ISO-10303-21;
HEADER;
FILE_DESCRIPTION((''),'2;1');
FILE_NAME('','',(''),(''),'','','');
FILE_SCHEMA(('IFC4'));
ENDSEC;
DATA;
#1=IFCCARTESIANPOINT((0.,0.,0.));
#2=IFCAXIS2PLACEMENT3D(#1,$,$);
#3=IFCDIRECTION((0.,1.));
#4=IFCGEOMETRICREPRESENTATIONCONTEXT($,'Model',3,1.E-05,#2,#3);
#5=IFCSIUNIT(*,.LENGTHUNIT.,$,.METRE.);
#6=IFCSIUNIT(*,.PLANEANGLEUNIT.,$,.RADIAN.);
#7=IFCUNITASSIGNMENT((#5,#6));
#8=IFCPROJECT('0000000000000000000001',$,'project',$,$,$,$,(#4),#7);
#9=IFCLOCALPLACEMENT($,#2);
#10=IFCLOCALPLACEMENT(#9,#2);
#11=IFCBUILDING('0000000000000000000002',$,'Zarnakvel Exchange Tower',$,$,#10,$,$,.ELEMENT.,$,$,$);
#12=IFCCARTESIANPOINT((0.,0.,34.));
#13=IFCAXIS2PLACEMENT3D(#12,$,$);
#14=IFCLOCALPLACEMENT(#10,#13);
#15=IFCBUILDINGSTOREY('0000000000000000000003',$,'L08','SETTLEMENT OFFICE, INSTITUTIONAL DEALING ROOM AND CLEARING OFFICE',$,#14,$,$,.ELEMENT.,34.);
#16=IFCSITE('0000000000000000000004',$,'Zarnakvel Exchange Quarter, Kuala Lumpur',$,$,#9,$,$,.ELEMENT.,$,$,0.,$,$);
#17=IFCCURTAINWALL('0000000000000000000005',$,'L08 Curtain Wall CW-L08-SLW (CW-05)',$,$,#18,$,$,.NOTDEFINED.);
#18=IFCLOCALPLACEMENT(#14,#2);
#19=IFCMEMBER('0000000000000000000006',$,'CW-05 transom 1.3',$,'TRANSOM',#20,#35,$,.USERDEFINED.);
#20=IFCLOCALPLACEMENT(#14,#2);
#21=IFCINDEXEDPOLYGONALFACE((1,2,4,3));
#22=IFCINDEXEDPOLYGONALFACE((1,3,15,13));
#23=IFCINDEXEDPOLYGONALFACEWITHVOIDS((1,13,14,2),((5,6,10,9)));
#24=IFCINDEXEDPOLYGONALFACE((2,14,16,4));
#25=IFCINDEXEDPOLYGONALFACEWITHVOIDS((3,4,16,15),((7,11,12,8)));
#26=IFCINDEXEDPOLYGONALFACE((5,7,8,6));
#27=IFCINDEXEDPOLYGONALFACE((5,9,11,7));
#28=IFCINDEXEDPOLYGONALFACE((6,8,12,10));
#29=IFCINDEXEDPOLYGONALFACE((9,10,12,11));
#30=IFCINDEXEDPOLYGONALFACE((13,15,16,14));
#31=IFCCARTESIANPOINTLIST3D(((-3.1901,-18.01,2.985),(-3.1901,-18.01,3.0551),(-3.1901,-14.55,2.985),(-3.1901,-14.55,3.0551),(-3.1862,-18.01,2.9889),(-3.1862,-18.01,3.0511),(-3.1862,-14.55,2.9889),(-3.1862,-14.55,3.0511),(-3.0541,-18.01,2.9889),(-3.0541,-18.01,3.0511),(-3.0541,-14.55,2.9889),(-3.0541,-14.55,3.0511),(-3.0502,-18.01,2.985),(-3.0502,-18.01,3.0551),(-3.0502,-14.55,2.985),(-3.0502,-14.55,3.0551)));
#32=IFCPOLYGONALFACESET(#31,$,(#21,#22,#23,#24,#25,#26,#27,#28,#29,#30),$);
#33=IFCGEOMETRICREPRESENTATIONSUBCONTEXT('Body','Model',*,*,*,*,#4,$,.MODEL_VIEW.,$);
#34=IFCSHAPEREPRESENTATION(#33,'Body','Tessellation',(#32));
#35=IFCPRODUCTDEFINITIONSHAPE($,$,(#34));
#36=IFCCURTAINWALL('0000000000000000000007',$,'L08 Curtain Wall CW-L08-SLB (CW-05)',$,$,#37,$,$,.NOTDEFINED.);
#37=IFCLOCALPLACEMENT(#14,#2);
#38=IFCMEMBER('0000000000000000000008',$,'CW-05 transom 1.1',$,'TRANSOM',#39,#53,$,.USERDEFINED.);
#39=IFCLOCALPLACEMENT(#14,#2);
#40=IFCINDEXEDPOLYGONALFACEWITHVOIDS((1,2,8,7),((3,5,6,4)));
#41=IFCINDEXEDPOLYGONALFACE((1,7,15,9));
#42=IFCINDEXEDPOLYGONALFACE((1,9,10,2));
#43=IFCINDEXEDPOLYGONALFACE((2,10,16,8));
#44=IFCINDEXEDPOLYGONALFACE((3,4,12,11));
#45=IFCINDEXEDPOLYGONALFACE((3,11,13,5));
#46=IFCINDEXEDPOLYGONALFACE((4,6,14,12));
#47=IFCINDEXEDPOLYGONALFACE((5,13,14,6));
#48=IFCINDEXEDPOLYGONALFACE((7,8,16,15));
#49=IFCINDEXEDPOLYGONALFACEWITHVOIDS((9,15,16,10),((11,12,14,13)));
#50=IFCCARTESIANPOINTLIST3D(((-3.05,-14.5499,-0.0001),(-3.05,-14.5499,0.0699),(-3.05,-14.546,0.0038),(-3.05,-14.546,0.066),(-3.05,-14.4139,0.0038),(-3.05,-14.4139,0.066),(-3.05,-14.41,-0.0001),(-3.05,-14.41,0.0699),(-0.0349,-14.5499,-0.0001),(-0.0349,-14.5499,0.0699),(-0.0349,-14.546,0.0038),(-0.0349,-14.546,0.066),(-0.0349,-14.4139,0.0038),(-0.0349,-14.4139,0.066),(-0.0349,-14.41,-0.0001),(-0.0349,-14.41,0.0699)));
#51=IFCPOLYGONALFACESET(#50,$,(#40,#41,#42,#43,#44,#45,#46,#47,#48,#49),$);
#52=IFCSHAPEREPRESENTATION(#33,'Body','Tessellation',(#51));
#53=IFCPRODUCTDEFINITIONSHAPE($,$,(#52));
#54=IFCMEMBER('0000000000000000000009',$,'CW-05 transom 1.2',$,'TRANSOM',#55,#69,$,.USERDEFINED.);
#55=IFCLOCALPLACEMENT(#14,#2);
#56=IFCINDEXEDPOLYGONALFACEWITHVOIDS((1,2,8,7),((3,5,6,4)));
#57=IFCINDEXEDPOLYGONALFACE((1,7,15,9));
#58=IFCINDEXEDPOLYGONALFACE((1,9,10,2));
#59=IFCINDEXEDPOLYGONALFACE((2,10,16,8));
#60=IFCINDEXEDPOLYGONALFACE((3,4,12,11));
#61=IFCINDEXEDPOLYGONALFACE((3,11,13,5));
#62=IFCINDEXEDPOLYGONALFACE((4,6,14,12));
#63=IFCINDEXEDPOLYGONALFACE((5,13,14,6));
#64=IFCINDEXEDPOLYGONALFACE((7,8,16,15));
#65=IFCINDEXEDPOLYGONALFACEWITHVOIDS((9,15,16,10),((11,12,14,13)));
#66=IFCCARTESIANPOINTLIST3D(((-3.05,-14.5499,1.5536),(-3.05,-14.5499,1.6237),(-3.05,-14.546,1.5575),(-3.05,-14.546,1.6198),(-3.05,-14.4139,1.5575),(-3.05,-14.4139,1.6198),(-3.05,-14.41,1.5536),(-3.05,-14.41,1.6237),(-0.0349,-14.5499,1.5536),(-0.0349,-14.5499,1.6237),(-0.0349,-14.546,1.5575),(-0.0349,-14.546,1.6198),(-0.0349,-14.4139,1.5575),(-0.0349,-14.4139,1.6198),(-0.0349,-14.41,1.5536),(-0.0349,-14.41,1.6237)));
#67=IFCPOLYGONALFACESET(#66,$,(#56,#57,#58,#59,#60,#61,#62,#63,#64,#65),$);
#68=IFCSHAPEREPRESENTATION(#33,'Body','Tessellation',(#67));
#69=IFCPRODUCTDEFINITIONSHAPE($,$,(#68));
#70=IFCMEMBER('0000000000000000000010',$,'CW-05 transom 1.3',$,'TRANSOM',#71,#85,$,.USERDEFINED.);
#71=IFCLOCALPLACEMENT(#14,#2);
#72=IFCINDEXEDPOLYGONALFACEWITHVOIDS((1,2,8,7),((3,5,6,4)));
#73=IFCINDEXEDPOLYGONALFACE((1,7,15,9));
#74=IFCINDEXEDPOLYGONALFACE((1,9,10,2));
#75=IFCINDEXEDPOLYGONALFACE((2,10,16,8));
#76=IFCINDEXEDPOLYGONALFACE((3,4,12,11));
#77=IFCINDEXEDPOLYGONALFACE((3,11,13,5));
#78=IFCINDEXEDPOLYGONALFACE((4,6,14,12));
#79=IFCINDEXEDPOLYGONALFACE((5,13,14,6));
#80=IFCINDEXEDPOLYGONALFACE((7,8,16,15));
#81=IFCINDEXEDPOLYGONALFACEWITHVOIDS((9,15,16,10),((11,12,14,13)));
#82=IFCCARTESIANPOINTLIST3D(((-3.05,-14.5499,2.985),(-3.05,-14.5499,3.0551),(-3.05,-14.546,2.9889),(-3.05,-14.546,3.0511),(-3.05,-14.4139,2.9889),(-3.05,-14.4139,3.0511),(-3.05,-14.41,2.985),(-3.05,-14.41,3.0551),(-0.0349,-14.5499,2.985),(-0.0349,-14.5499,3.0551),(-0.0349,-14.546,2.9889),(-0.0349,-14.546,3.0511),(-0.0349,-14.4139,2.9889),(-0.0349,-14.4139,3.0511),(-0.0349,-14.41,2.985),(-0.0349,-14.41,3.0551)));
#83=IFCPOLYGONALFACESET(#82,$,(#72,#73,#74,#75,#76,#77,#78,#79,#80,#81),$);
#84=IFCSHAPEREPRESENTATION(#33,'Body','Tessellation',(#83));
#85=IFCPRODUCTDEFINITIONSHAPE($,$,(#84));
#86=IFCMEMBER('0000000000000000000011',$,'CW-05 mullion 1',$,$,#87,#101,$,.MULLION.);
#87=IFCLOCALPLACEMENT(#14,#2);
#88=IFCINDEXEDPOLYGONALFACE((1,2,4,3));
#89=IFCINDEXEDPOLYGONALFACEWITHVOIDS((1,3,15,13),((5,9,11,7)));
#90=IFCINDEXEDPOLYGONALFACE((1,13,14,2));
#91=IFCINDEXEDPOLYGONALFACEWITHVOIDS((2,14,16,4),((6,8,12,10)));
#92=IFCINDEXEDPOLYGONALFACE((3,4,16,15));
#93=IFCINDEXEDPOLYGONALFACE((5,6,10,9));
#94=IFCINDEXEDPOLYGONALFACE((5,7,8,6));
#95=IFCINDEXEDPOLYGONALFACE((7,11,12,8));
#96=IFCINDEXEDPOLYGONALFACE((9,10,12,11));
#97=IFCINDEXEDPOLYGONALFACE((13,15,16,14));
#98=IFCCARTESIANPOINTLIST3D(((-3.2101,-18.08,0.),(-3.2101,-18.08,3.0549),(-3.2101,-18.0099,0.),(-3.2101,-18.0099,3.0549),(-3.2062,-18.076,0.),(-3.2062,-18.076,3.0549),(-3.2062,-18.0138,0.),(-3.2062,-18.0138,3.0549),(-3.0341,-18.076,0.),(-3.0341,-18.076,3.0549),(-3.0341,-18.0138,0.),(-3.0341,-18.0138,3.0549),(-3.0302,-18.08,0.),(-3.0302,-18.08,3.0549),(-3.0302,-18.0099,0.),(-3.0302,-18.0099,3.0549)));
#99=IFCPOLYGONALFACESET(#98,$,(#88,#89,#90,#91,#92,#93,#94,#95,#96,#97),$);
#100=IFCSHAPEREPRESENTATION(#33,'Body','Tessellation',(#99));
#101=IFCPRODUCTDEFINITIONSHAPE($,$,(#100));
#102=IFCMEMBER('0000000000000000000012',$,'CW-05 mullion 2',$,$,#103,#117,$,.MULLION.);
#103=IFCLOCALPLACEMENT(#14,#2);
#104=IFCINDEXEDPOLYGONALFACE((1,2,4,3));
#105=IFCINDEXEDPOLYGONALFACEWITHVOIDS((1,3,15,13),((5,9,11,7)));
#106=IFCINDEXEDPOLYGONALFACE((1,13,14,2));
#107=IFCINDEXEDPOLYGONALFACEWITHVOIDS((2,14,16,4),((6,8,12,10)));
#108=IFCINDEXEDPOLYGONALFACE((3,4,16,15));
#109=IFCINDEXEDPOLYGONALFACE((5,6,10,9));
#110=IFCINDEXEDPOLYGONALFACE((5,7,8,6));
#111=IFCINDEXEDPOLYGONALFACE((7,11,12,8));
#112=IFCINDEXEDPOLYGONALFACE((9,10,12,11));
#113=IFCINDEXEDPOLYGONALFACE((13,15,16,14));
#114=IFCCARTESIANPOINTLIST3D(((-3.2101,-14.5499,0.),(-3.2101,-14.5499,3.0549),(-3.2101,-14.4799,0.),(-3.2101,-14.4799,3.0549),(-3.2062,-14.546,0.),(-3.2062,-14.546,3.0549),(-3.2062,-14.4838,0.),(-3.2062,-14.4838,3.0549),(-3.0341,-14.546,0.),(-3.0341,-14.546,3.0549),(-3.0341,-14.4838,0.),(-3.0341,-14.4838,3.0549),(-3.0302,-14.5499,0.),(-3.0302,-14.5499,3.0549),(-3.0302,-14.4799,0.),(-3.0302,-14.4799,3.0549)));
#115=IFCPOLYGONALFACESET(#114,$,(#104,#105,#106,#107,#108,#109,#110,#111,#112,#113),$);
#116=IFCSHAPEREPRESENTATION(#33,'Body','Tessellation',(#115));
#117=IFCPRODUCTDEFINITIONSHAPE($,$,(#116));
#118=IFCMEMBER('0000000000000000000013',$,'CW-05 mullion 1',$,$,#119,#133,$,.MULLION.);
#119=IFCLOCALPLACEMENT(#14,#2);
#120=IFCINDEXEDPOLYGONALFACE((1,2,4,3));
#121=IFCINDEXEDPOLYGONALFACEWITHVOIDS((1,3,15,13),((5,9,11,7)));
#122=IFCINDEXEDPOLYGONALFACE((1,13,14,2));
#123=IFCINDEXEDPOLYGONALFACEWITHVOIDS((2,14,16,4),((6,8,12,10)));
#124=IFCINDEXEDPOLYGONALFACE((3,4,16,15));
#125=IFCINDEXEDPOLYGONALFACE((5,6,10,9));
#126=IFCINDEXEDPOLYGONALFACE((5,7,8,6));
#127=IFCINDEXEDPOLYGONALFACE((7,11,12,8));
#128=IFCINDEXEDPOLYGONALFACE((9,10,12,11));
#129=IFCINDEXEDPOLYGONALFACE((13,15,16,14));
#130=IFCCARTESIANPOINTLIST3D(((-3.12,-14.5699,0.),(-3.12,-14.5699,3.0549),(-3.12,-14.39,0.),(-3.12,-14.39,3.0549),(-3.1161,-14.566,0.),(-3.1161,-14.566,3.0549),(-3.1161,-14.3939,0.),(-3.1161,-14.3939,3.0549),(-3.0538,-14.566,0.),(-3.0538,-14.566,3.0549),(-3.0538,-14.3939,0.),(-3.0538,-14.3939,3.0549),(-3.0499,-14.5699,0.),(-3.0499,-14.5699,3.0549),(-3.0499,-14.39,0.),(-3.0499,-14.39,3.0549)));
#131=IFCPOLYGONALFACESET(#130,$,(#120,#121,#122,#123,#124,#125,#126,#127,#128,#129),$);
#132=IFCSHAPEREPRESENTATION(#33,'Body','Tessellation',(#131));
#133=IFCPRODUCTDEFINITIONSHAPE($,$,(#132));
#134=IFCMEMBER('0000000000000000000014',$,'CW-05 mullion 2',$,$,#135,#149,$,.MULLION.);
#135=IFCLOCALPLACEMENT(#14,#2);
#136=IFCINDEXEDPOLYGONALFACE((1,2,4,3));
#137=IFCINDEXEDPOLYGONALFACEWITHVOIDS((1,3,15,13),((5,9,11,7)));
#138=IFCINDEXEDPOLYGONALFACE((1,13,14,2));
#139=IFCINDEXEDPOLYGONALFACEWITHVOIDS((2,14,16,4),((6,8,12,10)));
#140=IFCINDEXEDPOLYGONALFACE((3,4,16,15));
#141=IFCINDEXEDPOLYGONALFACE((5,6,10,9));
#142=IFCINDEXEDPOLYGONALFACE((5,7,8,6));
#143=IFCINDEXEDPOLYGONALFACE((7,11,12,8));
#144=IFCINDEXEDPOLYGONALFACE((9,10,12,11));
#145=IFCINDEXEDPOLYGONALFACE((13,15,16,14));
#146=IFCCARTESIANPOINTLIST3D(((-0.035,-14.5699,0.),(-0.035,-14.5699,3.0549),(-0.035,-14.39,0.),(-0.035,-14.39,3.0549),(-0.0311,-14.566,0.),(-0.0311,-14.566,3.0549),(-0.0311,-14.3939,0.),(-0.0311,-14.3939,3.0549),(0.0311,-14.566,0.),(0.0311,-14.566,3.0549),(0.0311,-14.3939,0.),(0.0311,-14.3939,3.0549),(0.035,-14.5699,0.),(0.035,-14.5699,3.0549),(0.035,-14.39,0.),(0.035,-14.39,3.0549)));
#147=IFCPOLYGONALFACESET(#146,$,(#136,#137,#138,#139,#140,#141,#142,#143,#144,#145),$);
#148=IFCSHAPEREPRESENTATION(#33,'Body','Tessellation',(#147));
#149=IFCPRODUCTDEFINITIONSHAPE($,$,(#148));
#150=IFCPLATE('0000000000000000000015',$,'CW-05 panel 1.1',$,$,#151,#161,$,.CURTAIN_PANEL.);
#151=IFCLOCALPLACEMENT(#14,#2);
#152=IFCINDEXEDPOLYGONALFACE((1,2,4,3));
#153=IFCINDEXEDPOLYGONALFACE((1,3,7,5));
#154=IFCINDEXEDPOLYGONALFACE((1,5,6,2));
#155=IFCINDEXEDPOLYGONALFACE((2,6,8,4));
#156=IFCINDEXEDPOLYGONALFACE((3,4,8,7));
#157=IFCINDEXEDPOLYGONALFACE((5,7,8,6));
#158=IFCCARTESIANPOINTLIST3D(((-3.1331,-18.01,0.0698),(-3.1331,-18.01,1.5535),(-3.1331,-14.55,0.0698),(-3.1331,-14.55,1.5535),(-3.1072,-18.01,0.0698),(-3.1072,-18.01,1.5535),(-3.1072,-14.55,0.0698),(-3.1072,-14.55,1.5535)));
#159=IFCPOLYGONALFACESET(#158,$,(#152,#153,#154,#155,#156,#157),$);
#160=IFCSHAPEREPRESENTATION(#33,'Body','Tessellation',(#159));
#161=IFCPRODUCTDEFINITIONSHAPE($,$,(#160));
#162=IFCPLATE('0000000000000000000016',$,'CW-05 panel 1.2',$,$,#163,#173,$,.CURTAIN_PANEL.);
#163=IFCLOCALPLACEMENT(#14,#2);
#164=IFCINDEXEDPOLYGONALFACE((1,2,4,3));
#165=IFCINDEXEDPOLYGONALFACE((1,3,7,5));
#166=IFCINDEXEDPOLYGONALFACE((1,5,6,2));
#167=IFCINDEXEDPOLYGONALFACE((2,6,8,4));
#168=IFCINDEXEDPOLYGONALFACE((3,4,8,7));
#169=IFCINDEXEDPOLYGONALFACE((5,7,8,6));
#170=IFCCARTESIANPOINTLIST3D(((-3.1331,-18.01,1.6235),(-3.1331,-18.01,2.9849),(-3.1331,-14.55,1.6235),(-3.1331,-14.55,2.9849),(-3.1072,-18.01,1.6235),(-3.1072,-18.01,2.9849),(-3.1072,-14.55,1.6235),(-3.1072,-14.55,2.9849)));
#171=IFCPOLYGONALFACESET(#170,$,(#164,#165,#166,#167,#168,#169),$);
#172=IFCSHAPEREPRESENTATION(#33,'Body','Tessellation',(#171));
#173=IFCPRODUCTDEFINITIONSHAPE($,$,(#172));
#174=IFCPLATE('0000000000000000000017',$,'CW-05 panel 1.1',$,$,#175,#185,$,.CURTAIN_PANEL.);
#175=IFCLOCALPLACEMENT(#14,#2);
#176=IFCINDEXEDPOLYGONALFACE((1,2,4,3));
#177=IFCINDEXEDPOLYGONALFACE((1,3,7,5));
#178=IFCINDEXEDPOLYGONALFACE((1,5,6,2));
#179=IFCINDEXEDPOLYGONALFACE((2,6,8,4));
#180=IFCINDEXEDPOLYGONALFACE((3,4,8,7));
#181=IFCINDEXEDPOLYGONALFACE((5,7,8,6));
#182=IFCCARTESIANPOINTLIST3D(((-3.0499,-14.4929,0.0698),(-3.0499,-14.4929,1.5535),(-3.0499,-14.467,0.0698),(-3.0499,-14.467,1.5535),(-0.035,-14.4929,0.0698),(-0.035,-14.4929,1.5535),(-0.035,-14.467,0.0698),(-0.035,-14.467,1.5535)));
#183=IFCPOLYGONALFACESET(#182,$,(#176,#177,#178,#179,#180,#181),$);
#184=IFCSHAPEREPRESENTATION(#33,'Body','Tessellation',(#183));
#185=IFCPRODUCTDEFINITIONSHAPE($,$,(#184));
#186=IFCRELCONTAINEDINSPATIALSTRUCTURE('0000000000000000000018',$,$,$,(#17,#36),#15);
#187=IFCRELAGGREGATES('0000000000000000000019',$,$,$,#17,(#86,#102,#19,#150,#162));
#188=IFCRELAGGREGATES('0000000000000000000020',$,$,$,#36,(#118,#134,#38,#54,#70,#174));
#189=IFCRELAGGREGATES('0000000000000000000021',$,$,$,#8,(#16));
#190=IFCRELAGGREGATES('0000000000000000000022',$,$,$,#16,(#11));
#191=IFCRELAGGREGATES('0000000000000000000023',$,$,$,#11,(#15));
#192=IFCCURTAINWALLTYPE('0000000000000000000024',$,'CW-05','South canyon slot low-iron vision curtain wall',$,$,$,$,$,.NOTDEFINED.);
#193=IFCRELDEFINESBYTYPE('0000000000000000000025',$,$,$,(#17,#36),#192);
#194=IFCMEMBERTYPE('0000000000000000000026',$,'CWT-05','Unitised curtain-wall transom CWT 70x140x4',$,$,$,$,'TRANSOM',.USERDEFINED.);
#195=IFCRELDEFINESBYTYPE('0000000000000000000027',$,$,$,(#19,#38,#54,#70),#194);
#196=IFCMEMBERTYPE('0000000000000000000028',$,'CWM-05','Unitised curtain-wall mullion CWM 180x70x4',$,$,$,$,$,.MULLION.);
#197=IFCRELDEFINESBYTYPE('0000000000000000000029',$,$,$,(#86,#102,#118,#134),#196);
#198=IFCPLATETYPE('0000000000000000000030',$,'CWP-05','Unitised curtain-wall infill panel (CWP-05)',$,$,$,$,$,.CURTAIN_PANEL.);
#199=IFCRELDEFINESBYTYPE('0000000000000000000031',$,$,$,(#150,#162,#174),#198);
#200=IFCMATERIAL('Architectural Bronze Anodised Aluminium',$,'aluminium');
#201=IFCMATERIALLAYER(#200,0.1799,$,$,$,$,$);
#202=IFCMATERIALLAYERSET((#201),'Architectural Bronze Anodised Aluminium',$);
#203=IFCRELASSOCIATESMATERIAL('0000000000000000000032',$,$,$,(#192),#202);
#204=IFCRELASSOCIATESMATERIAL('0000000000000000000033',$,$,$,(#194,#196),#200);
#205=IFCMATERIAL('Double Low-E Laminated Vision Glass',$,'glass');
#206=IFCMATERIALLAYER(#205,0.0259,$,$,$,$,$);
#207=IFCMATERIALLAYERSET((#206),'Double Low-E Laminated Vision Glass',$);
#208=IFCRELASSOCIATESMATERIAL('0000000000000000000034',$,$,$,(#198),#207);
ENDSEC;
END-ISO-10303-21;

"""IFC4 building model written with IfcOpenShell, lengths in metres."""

from ifc_helpers import new_model, si_unit, direction, frame, origin, origin_2d, place, context, subcontext, project, spatial, rectangle, hollow_rectangle, extrude, source, transform, mapped, material, layer, layer_set, material_profile, profile_set, type_object, element, aggregate, save


model = new_model("IFC4")

# Units and contexts
model_context = context("Model", 3, precision=1e-05, world=origin(), true_north=direction((0.0, 1.0)))
body_context = subcontext(model_context, "Body", "Model", "MODEL_VIEW")
ifc_project = project(units=[si_unit("LENGTHUNIT", "METRE"), si_unit("PLANEANGLEUNIT", "RADIAN")], contexts=[model_context])

# Site, building, storey
site_placement = place(None, origin())
site = spatial("IfcSite", under=ifc_project, at=site_placement, Name="Zarnakvel Exchange Quarter, Kuala Lumpur", CompositionType="ELEMENT", RefElevation=0.0)
building_placement = place(site_placement, origin())
building = spatial("IfcBuilding", under=site, at=building_placement, Name="Zarnakvel Exchange Tower", CompositionType="ELEMENT")
storey_placement = place(building_placement, frame((0.0, 0.0, 34.0)))
storey = spatial("IfcBuildingStorey", under=building, at=storey_placement, Name="L08", Description="SETTLEMENT OFFICE, INSTITUTIONAL DEALING ROOM AND CLEARING OFFICE", CompositionType="ELEMENT", Elevation=34.0)

# Curtain walls, members
ifc_material_1 = material(Name="Architectural Bronze Anodised Aluminium", Category="aluminium")
ifc_layer_1 = layer(ifc_material_1, 0.1799)
ifc_layer_set_1 = layer_set([ifc_layer_1], Name="Architectural Bronze Anodised Aluminium")
curtain_wall_type = type_object("IfcCurtainWallType", Name="CW-05", Description="South canyon slot low-iron vision curtain wall", PredefinedType="NOTDEFINED", material=ifc_layer_set_1)
curtain_wall_1_placement = place(storey_placement, origin())
curtain_wall_1 = element("IfcCurtainWall", 1, at=curtain_wall_1_placement, inside=storey, type_object=curtain_wall_type, Name="L08 Curtain Wall CW-L08-SLW (CW-05)", PredefinedType="NOTDEFINED")
ifc_material_profile_1 = material_profile(ifc_material_1, hollow_rectangle(XDim=0.1399, YDim=0.0701, WallThickness=0.0039, at=origin_2d()))
ifc_profile_set_1 = profile_set([ifc_material_profile_1], Name="Architectural Bronze Anodised Aluminium")
member_type_1 = type_object("IfcMemberType", Name="CWT-05", Description="Unitised curtain-wall transom CWT 70x140x4", ElementType="TRANSOM", PredefinedType="USERDEFINED", material=ifc_profile_set_1)
shared_shape_1 = source(origin(), body_context, "Body", "SweptSolid", [
    extrude(hollow_rectangle(XDim=0.1399, YDim=0.0701, WallThickness=0.0039, at=origin_2d()), origin(), (0.0, 0.0, 1.0), 3.46),
])
member_1_placement = place(storey_placement, frame((-3.1201, -18.01, 3.02), z_axis=(0.0, 1.0, 0.0), x_axis=(-1.0, 0.0, 0.0)))
member_1 = element("IfcMember", 2, at=member_1_placement, type_object=member_type_1, Name="CW-05 transom 1.3", ObjectType="TRANSOM", PredefinedType="USERDEFINED", context=body_context, shape_type="MappedRepresentation", body=[
    mapped(shared_shape_1, transform((0.0, 0.0, 0.0), x_axis=(1.0, 0.0, 0.0), y_axis=(0.0, 1.0, 0.0), z_axis=(0.0, 0.0, 1.0), scale=1.0)),
])
curtain_wall_2_placement = place(storey_placement, origin())
curtain_wall_2 = element("IfcCurtainWall", 3, at=curtain_wall_2_placement, inside=storey, type_object=curtain_wall_type, Name="L08 Curtain Wall CW-L08-SLB (CW-05)", PredefinedType="NOTDEFINED")
shared_shape_2 = source(origin(), body_context, "Body", "SweptSolid", [
    extrude(hollow_rectangle(XDim=0.1399, YDim=0.0701, WallThickness=0.0039, at=origin_2d()), origin(), (0.0, 0.0, 1.0), 3.0151),
])
member_2_placement = place(storey_placement, frame((-3.05, -14.48, 0.0349), z_axis=(1.0, 0.0, 0.0), x_axis=(0.0, 1.0, 0.0)))
member_2 = element("IfcMember", 4, at=member_2_placement, type_object=member_type_1, Name="CW-05 transom 1.1", ObjectType="TRANSOM", PredefinedType="USERDEFINED", context=body_context, shape_type="MappedRepresentation", body=[
    mapped(shared_shape_2, transform((0.0, 0.0, 0.0), x_axis=(1.0, 0.0, 0.0), y_axis=(0.0, 1.0, 0.0), z_axis=(0.0, 0.0, 1.0), scale=1.0)),
])
member_3_placement = place(storey_placement, frame((-3.05, -14.48, 1.5886), z_axis=(1.0, 0.0, 0.0), x_axis=(0.0, 1.0, 0.0)))
member_3 = element("IfcMember", 5, at=member_3_placement, type_object=member_type_1, Name="CW-05 transom 1.2", ObjectType="TRANSOM", PredefinedType="USERDEFINED", context=body_context, shape_type="MappedRepresentation", body=[
    mapped(shared_shape_2, transform((0.0, 0.0, 0.0), x_axis=(1.0, 0.0, 0.0), y_axis=(0.0, 1.0, 0.0), z_axis=(0.0, 0.0, 1.0), scale=1.0)),
])
member_4_placement = place(storey_placement, frame((-3.05, -14.48, 3.02), z_axis=(1.0, 0.0, 0.0), x_axis=(0.0, 1.0, 0.0)))
member_4 = element("IfcMember", 6, at=member_4_placement, type_object=member_type_1, Name="CW-05 transom 1.3", ObjectType="TRANSOM", PredefinedType="USERDEFINED", context=body_context, shape_type="MappedRepresentation", body=[
    mapped(shared_shape_2, transform((0.0, 0.0, 0.0), x_axis=(1.0, 0.0, 0.0), y_axis=(0.0, 1.0, 0.0), z_axis=(0.0, 0.0, 1.0), scale=1.0)),
])

# Members
ifc_material_profile_2 = material_profile(ifc_material_1, hollow_rectangle(XDim=0.1799, YDim=0.0701, WallThickness=0.0039, at=origin_2d()))
ifc_profile_set_2 = profile_set([ifc_material_profile_2], Name="Architectural Bronze Anodised Aluminium")
member_type_2 = type_object("IfcMemberType", Name="CWM-05", Description="Unitised curtain-wall mullion CWM 180x70x4", PredefinedType="MULLION", material=ifc_profile_set_2)
shared_shape_3 = source(origin(), body_context, "Body", "SweptSolid", [
    extrude(hollow_rectangle(XDim=0.1799, YDim=0.0701, WallThickness=0.0039, at=origin_2d()), origin(), (0.0, 0.0, 1.0), 3.0549),
])
member_5_placement = place(storey_placement, frame((-3.1201, -18.0449, 0.0), z_axis=(0.0, 0.0, 1.0), x_axis=(-1.0, 0.0, 0.0)))
member_5 = element("IfcMember", 7, at=member_5_placement, type_object=member_type_2, Name="CW-05 mullion 1", PredefinedType="MULLION", context=body_context, shape_type="MappedRepresentation", body=[
    mapped(shared_shape_3, transform((0.0, 0.0, 0.0), x_axis=(1.0, 0.0, 0.0), y_axis=(0.0, 1.0, 0.0), z_axis=(0.0, 0.0, 1.0), scale=1.0)),
])
member_6_placement = place(storey_placement, frame((-3.1201, -14.5149, 0.0), z_axis=(0.0, 0.0, 1.0), x_axis=(-1.0, 0.0, 0.0)))
member_6 = element("IfcMember", 8, at=member_6_placement, type_object=member_type_2, Name="CW-05 mullion 2", PredefinedType="MULLION", context=body_context, shape_type="MappedRepresentation", body=[
    mapped(shared_shape_3, transform((0.0, 0.0, 0.0), x_axis=(1.0, 0.0, 0.0), y_axis=(0.0, 1.0, 0.0), z_axis=(0.0, 0.0, 1.0), scale=1.0)),
])
member_7_placement = place(storey_placement, frame((-3.085, -14.48, 0.0), z_axis=(0.0, 0.0, 1.0), x_axis=(0.0, 1.0, 0.0)))
member_7 = element("IfcMember", 9, at=member_7_placement, type_object=member_type_2, Name="CW-05 mullion 1", PredefinedType="MULLION", context=body_context, shape_type="MappedRepresentation", body=[
    mapped(shared_shape_3, transform((0.0, 0.0, 0.0), x_axis=(1.0, 0.0, 0.0), y_axis=(0.0, 1.0, 0.0), z_axis=(0.0, 0.0, 1.0), scale=1.0)),
])
member_8_placement = place(storey_placement, frame((0.0, -14.48, 0.0), z_axis=(0.0, 0.0, 1.0), x_axis=(0.0, 1.0, 0.0)))
member_8 = element("IfcMember", 10, at=member_8_placement, type_object=member_type_2, Name="CW-05 mullion 2", PredefinedType="MULLION", context=body_context, shape_type="MappedRepresentation", body=[
    mapped(shared_shape_3, transform((0.0, 0.0, 0.0), x_axis=(1.0, 0.0, 0.0), y_axis=(0.0, 1.0, 0.0), z_axis=(0.0, 0.0, 1.0), scale=1.0)),
])

# Plates
ifc_material_2 = material(Name="Double Low-E Laminated Vision Glass", Category="glass")
ifc_layer_2 = layer(ifc_material_2, 0.0259)
ifc_layer_set_2 = layer_set([ifc_layer_2], Name="Double Low-E Laminated Vision Glass")
plate_type = type_object("IfcPlateType", Name="CWP-05", Description="Unitised curtain-wall infill panel (CWP-05)", PredefinedType="CURTAIN_PANEL", material=ifc_layer_set_2)
shared_shape_4 = source(origin(), body_context, "Body", "SweptSolid", [
    extrude(rectangle(XDim=3.46, YDim=0.0259, at=origin_2d()), origin(), (0.0, 0.0, 1.0), 1.4836),
])
plate_1_placement = place(storey_placement, frame((-3.1201, -16.28, 0.0698), z_axis=(0.0, 0.0, 1.0), x_axis=(0.0, 1.0, 0.0)))
plate_1 = element("IfcPlate", 11, at=plate_1_placement, type_object=plate_type, Name="CW-05 panel 1.1", PredefinedType="CURTAIN_PANEL", context=body_context, shape_type="MappedRepresentation", body=[
    mapped(shared_shape_4, transform((0.0, 0.0, 0.0), x_axis=(1.0, 0.0, 0.0), y_axis=(0.0, 1.0, 0.0), z_axis=(0.0, 0.0, 1.0), scale=1.0)),
])
shared_shape_5 = source(origin(), body_context, "Body", "SweptSolid", [
    extrude(rectangle(XDim=3.46, YDim=0.0259, at=origin_2d()), origin(), (0.0, 0.0, 1.0), 1.3613),
])
plate_2_placement = place(storey_placement, frame((-3.1201, -16.28, 1.6235), z_axis=(0.0, 0.0, 1.0), x_axis=(0.0, 1.0, 0.0)))
plate_2 = element("IfcPlate", 12, at=plate_2_placement, type_object=plate_type, Name="CW-05 panel 1.2", PredefinedType="CURTAIN_PANEL", context=body_context, shape_type="MappedRepresentation", body=[
    mapped(shared_shape_5, transform((0.0, 0.0, 0.0), x_axis=(1.0, 0.0, 0.0), y_axis=(0.0, 1.0, 0.0), z_axis=(0.0, 0.0, 1.0), scale=1.0)),
])
aggregate(curtain_wall_1, [member_5, member_6, member_1, plate_1, plate_2])
shared_shape_6 = source(origin(), body_context, "Body", "SweptSolid", [
    extrude(rectangle(XDim=3.0149, YDim=0.0259, at=origin_2d()), origin(), (0.0, 0.0, 1.0), 1.4836),
])
plate_3_placement = place(storey_placement, frame((-1.5425, -14.48, 0.0698), z_axis=(0.0, 0.0, 1.0), x_axis=(1.0, 0.0, 0.0)))
plate_3 = element("IfcPlate", 13, at=plate_3_placement, type_object=plate_type, Name="CW-05 panel 1.1", PredefinedType="CURTAIN_PANEL", context=body_context, shape_type="MappedRepresentation", body=[
    mapped(shared_shape_6, transform((0.0, 0.0, 0.0), x_axis=(1.0, 0.0, 0.0), y_axis=(0.0, 1.0, 0.0), z_axis=(0.0, 0.0, 1.0), scale=1.0)),
])
aggregate(curtain_wall_2, [member_7, member_8, member_2, member_3, member_4, plate_3])

save(model, "model.ifc")
